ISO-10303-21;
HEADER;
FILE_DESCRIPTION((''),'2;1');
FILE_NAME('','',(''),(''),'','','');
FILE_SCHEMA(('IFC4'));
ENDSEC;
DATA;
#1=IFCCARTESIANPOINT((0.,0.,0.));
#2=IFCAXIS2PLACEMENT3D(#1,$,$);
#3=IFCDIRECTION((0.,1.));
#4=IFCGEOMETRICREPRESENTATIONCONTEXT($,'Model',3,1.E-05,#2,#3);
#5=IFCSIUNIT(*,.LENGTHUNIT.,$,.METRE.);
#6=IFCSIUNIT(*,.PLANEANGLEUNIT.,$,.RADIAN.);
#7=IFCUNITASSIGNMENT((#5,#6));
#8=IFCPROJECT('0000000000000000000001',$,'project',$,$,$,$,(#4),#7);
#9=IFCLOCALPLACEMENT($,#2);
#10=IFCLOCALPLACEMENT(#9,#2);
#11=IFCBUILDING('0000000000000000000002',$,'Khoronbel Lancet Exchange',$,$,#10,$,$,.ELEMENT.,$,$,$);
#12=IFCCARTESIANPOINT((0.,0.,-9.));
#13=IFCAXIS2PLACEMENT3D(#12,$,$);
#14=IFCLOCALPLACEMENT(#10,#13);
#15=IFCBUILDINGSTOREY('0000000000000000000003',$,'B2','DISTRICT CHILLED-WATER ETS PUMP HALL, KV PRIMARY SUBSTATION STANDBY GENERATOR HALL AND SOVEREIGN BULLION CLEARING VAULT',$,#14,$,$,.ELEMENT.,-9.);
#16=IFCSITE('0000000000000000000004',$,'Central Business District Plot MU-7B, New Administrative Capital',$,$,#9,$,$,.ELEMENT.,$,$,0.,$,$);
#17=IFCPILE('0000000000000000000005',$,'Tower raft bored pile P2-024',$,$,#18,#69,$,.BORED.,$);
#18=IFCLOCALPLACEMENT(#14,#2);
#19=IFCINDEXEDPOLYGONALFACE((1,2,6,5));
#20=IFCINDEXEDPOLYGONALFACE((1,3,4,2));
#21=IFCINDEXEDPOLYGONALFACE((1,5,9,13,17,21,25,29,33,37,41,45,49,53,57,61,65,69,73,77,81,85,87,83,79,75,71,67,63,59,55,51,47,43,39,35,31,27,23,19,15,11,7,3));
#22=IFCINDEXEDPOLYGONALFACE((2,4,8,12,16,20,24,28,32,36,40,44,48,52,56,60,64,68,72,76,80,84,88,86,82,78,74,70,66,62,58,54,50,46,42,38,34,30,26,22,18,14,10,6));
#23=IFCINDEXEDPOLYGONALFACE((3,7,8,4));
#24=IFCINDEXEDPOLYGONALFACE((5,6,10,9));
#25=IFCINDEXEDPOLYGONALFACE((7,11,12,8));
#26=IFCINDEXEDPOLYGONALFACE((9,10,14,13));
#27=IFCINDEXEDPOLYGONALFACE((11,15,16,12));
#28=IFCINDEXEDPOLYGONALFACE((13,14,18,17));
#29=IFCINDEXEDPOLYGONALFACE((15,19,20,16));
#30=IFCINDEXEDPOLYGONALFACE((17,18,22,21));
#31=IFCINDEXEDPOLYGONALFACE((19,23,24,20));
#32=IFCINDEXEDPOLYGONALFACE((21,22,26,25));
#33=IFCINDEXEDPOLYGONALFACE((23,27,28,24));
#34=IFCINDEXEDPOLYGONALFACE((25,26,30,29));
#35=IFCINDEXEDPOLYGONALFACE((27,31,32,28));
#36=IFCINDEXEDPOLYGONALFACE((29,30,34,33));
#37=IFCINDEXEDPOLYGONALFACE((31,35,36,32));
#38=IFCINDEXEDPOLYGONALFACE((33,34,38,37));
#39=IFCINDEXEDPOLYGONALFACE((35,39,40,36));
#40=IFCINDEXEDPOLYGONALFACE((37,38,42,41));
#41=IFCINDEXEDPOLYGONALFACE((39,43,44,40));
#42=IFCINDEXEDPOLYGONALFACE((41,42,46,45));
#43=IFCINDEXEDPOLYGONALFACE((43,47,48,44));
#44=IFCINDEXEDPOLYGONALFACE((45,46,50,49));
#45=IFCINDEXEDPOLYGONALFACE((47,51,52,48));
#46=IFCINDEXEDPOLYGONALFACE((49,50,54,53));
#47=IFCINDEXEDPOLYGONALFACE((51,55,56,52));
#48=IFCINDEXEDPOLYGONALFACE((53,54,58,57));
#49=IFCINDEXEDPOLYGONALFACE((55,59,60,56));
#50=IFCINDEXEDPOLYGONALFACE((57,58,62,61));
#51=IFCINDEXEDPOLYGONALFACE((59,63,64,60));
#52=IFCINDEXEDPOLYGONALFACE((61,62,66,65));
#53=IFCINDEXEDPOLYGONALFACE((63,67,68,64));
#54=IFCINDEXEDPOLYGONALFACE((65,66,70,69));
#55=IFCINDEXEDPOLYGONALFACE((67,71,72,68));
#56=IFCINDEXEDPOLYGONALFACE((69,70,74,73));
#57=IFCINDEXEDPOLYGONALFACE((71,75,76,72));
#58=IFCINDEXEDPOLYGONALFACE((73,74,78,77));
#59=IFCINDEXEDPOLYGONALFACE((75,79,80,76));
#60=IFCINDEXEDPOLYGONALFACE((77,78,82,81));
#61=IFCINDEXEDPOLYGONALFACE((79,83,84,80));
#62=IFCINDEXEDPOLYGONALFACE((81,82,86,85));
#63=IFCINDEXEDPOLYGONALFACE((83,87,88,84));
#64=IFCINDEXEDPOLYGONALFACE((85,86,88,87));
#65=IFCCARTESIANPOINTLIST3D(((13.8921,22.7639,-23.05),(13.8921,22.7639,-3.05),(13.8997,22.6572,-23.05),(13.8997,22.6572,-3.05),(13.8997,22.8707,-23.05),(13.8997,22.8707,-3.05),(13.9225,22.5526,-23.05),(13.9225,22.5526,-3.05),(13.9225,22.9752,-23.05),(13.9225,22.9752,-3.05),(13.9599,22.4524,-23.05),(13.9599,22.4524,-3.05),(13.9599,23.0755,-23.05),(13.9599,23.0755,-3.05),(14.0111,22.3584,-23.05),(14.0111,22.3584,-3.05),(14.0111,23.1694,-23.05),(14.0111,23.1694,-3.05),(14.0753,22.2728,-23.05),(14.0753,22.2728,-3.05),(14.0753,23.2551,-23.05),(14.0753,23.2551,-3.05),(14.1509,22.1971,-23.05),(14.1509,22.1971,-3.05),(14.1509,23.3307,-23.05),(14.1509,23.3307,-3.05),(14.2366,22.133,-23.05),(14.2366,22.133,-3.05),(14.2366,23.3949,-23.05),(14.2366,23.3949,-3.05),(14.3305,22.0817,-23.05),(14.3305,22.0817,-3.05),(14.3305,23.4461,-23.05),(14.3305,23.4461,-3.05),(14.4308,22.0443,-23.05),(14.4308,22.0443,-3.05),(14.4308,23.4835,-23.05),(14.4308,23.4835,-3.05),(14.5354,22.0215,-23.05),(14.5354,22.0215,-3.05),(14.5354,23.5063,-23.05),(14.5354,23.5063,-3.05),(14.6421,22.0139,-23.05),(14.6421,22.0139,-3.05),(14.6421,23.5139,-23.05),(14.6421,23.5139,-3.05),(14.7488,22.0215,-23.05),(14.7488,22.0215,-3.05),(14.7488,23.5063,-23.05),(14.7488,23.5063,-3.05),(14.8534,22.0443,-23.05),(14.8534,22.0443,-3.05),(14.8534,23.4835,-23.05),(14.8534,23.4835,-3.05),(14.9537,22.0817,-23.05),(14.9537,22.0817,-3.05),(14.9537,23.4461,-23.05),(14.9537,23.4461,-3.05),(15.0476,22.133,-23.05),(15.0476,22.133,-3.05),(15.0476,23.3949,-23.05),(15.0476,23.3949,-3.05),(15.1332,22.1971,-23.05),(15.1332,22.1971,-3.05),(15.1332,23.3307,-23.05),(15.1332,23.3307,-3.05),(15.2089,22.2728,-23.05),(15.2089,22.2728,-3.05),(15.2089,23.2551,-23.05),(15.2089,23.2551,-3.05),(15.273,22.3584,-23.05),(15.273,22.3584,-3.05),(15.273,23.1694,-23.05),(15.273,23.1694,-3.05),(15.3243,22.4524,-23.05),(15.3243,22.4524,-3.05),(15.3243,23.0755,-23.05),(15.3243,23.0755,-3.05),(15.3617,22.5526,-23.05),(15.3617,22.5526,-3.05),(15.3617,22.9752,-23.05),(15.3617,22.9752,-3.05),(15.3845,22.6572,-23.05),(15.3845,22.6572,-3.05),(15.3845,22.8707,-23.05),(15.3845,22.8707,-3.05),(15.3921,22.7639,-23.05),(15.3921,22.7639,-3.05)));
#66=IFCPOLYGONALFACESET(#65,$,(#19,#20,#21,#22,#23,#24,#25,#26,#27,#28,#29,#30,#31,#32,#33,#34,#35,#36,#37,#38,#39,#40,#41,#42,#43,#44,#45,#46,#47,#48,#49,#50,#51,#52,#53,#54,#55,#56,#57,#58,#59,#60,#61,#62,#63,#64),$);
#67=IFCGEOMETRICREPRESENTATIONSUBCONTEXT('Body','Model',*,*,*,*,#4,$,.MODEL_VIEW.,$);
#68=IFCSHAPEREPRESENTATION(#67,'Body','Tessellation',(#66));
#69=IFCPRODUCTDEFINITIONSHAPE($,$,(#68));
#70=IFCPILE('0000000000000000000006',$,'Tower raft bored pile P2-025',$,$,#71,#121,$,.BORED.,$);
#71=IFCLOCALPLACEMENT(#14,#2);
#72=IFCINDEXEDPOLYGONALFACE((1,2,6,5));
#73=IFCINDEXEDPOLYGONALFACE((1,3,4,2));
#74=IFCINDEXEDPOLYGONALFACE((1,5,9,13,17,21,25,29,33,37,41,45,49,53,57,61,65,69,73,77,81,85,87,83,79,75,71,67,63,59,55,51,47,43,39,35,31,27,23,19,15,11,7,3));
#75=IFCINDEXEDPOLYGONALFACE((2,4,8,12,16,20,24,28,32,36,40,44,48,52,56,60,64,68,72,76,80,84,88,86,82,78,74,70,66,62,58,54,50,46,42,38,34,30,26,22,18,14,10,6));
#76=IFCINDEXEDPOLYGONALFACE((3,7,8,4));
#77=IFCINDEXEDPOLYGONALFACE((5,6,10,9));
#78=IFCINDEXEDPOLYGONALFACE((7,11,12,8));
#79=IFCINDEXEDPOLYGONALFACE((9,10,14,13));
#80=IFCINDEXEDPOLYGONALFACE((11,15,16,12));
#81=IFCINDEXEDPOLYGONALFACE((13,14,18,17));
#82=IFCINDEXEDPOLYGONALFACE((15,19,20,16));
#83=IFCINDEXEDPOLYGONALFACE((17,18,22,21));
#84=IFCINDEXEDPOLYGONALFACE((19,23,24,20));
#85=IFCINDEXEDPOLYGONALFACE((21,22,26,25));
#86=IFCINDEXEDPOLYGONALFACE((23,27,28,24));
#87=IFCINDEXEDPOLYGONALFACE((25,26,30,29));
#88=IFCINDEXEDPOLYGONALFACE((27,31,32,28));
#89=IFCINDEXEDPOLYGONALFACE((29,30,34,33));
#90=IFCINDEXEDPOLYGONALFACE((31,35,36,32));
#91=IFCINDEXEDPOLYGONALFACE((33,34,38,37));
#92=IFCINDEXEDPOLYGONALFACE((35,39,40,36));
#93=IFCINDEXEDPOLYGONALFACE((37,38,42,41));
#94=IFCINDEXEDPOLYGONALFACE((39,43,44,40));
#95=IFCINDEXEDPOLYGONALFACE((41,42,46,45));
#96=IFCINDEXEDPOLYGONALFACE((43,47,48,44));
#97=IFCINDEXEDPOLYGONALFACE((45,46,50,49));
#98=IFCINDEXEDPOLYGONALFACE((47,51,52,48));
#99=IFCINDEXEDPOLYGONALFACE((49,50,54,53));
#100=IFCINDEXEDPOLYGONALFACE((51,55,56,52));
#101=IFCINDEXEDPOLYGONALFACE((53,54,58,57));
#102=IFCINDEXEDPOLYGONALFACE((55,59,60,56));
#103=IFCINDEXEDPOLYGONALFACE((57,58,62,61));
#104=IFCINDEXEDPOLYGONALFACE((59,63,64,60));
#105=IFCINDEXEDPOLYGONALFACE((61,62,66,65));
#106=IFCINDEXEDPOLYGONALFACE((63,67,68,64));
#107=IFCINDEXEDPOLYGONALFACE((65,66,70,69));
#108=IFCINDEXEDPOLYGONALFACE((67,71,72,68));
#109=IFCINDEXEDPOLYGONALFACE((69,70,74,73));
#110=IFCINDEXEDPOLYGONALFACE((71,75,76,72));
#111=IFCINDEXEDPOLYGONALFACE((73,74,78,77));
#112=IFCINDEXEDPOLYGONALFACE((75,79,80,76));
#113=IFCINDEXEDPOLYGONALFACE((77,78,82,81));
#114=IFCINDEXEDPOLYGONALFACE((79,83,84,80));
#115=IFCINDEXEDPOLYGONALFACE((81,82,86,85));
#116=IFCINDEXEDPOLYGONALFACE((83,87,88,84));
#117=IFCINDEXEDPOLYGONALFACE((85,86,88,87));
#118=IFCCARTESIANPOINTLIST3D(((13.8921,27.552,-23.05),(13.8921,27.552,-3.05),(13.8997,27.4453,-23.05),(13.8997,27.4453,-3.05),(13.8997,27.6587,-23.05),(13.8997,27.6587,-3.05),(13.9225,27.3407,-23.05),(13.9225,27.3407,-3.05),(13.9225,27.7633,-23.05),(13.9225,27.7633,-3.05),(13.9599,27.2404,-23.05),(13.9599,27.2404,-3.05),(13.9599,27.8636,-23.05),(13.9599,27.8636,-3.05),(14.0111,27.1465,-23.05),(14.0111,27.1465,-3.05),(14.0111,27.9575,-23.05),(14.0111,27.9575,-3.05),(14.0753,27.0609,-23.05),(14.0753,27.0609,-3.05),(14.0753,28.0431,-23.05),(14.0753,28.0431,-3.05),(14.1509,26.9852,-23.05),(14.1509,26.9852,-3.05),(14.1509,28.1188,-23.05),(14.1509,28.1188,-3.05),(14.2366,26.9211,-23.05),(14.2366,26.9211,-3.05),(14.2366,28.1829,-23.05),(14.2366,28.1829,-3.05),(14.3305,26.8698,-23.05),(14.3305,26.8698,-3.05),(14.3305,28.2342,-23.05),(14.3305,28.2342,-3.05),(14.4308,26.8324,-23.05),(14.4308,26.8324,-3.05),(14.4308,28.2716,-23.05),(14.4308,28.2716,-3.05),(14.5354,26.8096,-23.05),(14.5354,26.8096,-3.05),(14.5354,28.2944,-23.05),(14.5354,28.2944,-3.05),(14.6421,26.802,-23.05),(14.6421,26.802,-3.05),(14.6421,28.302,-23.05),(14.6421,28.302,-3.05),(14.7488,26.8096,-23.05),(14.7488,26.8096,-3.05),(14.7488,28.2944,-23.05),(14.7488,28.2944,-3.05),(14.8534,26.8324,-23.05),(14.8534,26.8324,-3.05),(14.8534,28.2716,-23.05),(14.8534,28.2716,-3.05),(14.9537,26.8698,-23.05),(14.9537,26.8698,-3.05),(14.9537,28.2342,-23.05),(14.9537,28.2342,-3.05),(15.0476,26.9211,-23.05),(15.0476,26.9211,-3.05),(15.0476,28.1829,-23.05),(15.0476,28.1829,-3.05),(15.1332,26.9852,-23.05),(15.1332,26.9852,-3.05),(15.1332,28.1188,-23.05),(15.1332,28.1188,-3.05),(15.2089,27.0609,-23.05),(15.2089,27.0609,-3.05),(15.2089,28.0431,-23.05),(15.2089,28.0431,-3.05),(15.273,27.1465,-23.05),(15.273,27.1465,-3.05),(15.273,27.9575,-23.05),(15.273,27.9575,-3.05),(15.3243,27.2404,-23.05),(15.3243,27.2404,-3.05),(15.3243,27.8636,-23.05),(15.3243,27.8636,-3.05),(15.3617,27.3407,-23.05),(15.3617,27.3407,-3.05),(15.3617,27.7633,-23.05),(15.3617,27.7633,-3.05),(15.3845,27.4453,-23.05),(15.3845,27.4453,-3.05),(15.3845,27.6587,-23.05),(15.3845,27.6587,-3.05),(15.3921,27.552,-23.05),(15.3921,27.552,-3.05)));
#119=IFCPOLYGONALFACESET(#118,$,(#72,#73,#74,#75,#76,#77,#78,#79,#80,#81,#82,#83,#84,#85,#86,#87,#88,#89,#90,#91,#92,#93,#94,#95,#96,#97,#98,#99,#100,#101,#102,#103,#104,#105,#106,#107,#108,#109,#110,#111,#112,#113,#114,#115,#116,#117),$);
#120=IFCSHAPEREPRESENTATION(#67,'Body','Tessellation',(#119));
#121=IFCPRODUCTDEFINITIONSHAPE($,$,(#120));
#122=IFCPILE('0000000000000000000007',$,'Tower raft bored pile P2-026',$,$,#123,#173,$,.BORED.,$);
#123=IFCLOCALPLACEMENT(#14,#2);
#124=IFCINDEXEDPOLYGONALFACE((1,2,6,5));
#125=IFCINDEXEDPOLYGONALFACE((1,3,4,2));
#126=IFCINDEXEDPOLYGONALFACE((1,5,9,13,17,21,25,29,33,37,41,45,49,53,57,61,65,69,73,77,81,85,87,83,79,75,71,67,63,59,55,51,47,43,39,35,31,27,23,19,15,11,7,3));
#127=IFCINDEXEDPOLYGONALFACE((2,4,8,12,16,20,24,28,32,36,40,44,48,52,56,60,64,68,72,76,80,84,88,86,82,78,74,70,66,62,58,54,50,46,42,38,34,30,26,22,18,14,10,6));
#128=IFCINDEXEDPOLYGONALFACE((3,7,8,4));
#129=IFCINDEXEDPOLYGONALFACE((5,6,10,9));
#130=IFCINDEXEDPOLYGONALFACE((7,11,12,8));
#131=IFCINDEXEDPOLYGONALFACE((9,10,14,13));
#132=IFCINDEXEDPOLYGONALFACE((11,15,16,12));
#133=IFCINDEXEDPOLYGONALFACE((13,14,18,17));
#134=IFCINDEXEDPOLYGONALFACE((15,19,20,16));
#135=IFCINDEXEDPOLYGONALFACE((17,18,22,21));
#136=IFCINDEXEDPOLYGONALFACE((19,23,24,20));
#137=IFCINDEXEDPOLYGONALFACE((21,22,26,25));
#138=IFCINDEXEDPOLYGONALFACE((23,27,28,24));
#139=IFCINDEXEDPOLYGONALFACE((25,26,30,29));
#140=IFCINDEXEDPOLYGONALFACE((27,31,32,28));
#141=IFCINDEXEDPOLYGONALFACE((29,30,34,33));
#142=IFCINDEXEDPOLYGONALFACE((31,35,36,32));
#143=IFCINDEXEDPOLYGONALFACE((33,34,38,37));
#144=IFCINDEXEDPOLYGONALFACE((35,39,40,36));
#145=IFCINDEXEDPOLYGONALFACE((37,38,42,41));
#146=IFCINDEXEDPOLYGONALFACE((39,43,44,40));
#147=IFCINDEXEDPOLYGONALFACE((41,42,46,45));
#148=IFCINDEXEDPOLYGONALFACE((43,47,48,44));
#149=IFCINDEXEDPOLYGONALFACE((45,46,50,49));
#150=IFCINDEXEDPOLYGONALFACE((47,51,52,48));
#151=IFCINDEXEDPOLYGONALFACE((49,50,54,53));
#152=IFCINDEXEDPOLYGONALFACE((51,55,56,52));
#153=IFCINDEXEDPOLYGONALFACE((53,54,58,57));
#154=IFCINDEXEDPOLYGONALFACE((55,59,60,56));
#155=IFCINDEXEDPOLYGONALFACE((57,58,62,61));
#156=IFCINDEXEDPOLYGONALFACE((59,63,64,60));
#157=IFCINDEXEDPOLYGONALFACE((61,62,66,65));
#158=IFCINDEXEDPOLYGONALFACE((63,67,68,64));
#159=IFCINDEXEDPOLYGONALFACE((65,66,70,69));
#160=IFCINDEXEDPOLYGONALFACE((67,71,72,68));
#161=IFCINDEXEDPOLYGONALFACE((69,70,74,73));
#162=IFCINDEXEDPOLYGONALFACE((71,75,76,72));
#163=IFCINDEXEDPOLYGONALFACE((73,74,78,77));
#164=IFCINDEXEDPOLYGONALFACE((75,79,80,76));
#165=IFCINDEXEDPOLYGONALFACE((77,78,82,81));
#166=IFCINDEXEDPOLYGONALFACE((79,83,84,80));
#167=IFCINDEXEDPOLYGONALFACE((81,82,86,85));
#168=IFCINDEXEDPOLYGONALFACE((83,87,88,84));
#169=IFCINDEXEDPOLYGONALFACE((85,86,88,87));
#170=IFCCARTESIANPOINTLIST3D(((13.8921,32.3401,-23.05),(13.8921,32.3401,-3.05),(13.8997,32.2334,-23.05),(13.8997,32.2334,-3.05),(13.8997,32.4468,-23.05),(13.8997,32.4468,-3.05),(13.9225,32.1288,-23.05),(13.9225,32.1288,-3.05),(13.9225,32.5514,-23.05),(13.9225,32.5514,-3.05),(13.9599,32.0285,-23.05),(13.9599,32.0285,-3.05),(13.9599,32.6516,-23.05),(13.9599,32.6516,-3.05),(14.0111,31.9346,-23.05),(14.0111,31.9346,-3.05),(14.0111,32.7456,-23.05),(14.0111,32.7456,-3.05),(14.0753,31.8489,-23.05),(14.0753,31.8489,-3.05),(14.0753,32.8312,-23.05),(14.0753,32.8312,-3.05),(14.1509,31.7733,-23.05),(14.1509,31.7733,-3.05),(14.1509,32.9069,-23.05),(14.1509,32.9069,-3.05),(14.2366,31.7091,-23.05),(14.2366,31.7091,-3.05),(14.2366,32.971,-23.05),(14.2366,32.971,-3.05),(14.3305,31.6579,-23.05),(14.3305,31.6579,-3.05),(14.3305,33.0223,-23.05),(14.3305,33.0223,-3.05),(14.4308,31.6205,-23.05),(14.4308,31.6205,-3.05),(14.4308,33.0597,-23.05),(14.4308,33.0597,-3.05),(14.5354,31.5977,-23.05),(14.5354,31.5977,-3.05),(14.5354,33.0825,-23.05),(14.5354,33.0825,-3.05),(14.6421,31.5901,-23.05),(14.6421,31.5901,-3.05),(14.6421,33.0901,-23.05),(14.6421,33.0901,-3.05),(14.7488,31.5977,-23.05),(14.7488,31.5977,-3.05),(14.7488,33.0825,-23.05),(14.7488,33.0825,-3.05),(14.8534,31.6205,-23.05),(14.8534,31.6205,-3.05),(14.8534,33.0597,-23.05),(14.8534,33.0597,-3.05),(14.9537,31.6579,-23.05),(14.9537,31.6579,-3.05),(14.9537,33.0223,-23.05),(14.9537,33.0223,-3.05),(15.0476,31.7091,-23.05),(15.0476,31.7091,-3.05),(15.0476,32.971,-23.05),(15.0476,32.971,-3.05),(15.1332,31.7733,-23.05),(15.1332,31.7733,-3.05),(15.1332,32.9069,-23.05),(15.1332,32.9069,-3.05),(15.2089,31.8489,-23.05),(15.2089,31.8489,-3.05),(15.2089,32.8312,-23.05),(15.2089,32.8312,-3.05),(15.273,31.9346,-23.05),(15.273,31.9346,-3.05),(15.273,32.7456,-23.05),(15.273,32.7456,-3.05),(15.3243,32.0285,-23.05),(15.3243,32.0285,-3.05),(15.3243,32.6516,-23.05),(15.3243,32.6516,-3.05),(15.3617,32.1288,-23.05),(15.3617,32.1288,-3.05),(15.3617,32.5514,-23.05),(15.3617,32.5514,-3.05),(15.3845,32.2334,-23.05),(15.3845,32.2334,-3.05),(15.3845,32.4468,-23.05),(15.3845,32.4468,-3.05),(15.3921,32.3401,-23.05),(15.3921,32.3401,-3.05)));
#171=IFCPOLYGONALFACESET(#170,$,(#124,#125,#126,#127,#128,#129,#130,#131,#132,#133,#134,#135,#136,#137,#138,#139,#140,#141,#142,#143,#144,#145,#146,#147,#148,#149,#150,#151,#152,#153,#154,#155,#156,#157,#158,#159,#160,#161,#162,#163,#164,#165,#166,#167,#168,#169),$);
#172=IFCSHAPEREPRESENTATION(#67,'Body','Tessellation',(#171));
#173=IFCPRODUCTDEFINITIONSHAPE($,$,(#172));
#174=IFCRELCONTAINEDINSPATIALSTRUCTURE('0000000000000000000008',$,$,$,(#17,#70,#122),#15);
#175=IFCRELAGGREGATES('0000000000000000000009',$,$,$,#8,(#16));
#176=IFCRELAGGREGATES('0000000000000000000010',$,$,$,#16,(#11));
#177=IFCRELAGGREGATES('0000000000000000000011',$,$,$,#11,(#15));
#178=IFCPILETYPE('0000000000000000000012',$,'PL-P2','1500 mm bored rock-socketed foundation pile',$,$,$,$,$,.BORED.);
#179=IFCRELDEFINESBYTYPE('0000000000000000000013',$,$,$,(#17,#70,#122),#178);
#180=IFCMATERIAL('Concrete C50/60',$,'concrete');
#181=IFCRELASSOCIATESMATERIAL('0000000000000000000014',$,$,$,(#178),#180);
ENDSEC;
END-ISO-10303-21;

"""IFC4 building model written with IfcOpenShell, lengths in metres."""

from ifc_helpers import new_model, si_unit, direction, frame, origin, origin_2d, place, context, subcontext, project, spatial, circle, extrude, material, material_profile, profile_set, type_object, element, save


model = new_model("IFC4")

# Units and contexts
model_context = context("Model", 3, precision=1e-05, world=origin(), true_north=direction((0.0, 1.0)))
body_context = subcontext(model_context, "Body", "Model", "MODEL_VIEW")
ifc_project = project(units=[si_unit("LENGTHUNIT", "METRE"), si_unit("PLANEANGLEUNIT", "RADIAN")], contexts=[model_context])

# Site, building, storey
site_placement = place(None, origin())
site = spatial("IfcSite", under=ifc_project, at=site_placement, Name="Central Business District Plot MU-7B, New Administrative Capital", CompositionType="ELEMENT", RefElevation=0.0)
building_placement = place(site_placement, origin())
building = spatial("IfcBuilding", under=site, at=building_placement, Name="Khoronbel Lancet Exchange", CompositionType="ELEMENT")
storey_placement = place(building_placement, frame((0.0, 0.0, -9.0)))
storey = spatial("IfcBuildingStorey", under=building, at=storey_placement, Name="B2", Description="DISTRICT CHILLED-WATER ETS PUMP HALL, KV PRIMARY SUBSTATION STANDBY GENERATOR HALL AND SOVEREIGN BULLION CLEARING VAULT", CompositionType="ELEMENT", Elevation=-9.0)

# Piles
ifc_material_1 = material(Name="Concrete C50/60", Category="concrete")
ifc_material_profile_1 = material_profile(ifc_material_1, circle(Radius=0.75, at=origin_2d()), Name="BORED PILE D1500")
ifc_profile_set_1 = profile_set([ifc_material_profile_1], Name="Concrete C50/60")
pile_type = type_object("IfcPileType", Name="PL-P2", Description="1500 mm bored rock-socketed foundation pile", PredefinedType="BORED", material=ifc_profile_set_1)
for number, where, z_axis, x_axis, name in (
    (1, (14.6421, 22.7639, -3.05), (0.0, 0.0, -1.0), (1.0, 0.0, 0.0), "Tower raft bored pile P2-024"),
    (2, (14.6421, 27.552, -3.05), (0.0, 0.0, -1.0), (1.0, 0.0, 0.0), "Tower raft bored pile P2-025"),
    (3, (14.6421, 32.3401, -3.05), (0.0, 0.0, -1.0), (1.0, 0.0, 0.0), "Tower raft bored pile P2-026"),
):
    element("IfcPile", number, at=place(storey_placement, frame(where, z_axis=z_axis, x_axis=x_axis)), inside=storey, type_object=pile_type, Name=name, PredefinedType="BORED", context=body_context, shape_type="SweptSolid", body=[
        extrude(circle(Radius=0.75, at=origin_2d()), origin(), (0.0, 0.0, 1.0), 20.0),
    ])

save(model, "model.ifc")
